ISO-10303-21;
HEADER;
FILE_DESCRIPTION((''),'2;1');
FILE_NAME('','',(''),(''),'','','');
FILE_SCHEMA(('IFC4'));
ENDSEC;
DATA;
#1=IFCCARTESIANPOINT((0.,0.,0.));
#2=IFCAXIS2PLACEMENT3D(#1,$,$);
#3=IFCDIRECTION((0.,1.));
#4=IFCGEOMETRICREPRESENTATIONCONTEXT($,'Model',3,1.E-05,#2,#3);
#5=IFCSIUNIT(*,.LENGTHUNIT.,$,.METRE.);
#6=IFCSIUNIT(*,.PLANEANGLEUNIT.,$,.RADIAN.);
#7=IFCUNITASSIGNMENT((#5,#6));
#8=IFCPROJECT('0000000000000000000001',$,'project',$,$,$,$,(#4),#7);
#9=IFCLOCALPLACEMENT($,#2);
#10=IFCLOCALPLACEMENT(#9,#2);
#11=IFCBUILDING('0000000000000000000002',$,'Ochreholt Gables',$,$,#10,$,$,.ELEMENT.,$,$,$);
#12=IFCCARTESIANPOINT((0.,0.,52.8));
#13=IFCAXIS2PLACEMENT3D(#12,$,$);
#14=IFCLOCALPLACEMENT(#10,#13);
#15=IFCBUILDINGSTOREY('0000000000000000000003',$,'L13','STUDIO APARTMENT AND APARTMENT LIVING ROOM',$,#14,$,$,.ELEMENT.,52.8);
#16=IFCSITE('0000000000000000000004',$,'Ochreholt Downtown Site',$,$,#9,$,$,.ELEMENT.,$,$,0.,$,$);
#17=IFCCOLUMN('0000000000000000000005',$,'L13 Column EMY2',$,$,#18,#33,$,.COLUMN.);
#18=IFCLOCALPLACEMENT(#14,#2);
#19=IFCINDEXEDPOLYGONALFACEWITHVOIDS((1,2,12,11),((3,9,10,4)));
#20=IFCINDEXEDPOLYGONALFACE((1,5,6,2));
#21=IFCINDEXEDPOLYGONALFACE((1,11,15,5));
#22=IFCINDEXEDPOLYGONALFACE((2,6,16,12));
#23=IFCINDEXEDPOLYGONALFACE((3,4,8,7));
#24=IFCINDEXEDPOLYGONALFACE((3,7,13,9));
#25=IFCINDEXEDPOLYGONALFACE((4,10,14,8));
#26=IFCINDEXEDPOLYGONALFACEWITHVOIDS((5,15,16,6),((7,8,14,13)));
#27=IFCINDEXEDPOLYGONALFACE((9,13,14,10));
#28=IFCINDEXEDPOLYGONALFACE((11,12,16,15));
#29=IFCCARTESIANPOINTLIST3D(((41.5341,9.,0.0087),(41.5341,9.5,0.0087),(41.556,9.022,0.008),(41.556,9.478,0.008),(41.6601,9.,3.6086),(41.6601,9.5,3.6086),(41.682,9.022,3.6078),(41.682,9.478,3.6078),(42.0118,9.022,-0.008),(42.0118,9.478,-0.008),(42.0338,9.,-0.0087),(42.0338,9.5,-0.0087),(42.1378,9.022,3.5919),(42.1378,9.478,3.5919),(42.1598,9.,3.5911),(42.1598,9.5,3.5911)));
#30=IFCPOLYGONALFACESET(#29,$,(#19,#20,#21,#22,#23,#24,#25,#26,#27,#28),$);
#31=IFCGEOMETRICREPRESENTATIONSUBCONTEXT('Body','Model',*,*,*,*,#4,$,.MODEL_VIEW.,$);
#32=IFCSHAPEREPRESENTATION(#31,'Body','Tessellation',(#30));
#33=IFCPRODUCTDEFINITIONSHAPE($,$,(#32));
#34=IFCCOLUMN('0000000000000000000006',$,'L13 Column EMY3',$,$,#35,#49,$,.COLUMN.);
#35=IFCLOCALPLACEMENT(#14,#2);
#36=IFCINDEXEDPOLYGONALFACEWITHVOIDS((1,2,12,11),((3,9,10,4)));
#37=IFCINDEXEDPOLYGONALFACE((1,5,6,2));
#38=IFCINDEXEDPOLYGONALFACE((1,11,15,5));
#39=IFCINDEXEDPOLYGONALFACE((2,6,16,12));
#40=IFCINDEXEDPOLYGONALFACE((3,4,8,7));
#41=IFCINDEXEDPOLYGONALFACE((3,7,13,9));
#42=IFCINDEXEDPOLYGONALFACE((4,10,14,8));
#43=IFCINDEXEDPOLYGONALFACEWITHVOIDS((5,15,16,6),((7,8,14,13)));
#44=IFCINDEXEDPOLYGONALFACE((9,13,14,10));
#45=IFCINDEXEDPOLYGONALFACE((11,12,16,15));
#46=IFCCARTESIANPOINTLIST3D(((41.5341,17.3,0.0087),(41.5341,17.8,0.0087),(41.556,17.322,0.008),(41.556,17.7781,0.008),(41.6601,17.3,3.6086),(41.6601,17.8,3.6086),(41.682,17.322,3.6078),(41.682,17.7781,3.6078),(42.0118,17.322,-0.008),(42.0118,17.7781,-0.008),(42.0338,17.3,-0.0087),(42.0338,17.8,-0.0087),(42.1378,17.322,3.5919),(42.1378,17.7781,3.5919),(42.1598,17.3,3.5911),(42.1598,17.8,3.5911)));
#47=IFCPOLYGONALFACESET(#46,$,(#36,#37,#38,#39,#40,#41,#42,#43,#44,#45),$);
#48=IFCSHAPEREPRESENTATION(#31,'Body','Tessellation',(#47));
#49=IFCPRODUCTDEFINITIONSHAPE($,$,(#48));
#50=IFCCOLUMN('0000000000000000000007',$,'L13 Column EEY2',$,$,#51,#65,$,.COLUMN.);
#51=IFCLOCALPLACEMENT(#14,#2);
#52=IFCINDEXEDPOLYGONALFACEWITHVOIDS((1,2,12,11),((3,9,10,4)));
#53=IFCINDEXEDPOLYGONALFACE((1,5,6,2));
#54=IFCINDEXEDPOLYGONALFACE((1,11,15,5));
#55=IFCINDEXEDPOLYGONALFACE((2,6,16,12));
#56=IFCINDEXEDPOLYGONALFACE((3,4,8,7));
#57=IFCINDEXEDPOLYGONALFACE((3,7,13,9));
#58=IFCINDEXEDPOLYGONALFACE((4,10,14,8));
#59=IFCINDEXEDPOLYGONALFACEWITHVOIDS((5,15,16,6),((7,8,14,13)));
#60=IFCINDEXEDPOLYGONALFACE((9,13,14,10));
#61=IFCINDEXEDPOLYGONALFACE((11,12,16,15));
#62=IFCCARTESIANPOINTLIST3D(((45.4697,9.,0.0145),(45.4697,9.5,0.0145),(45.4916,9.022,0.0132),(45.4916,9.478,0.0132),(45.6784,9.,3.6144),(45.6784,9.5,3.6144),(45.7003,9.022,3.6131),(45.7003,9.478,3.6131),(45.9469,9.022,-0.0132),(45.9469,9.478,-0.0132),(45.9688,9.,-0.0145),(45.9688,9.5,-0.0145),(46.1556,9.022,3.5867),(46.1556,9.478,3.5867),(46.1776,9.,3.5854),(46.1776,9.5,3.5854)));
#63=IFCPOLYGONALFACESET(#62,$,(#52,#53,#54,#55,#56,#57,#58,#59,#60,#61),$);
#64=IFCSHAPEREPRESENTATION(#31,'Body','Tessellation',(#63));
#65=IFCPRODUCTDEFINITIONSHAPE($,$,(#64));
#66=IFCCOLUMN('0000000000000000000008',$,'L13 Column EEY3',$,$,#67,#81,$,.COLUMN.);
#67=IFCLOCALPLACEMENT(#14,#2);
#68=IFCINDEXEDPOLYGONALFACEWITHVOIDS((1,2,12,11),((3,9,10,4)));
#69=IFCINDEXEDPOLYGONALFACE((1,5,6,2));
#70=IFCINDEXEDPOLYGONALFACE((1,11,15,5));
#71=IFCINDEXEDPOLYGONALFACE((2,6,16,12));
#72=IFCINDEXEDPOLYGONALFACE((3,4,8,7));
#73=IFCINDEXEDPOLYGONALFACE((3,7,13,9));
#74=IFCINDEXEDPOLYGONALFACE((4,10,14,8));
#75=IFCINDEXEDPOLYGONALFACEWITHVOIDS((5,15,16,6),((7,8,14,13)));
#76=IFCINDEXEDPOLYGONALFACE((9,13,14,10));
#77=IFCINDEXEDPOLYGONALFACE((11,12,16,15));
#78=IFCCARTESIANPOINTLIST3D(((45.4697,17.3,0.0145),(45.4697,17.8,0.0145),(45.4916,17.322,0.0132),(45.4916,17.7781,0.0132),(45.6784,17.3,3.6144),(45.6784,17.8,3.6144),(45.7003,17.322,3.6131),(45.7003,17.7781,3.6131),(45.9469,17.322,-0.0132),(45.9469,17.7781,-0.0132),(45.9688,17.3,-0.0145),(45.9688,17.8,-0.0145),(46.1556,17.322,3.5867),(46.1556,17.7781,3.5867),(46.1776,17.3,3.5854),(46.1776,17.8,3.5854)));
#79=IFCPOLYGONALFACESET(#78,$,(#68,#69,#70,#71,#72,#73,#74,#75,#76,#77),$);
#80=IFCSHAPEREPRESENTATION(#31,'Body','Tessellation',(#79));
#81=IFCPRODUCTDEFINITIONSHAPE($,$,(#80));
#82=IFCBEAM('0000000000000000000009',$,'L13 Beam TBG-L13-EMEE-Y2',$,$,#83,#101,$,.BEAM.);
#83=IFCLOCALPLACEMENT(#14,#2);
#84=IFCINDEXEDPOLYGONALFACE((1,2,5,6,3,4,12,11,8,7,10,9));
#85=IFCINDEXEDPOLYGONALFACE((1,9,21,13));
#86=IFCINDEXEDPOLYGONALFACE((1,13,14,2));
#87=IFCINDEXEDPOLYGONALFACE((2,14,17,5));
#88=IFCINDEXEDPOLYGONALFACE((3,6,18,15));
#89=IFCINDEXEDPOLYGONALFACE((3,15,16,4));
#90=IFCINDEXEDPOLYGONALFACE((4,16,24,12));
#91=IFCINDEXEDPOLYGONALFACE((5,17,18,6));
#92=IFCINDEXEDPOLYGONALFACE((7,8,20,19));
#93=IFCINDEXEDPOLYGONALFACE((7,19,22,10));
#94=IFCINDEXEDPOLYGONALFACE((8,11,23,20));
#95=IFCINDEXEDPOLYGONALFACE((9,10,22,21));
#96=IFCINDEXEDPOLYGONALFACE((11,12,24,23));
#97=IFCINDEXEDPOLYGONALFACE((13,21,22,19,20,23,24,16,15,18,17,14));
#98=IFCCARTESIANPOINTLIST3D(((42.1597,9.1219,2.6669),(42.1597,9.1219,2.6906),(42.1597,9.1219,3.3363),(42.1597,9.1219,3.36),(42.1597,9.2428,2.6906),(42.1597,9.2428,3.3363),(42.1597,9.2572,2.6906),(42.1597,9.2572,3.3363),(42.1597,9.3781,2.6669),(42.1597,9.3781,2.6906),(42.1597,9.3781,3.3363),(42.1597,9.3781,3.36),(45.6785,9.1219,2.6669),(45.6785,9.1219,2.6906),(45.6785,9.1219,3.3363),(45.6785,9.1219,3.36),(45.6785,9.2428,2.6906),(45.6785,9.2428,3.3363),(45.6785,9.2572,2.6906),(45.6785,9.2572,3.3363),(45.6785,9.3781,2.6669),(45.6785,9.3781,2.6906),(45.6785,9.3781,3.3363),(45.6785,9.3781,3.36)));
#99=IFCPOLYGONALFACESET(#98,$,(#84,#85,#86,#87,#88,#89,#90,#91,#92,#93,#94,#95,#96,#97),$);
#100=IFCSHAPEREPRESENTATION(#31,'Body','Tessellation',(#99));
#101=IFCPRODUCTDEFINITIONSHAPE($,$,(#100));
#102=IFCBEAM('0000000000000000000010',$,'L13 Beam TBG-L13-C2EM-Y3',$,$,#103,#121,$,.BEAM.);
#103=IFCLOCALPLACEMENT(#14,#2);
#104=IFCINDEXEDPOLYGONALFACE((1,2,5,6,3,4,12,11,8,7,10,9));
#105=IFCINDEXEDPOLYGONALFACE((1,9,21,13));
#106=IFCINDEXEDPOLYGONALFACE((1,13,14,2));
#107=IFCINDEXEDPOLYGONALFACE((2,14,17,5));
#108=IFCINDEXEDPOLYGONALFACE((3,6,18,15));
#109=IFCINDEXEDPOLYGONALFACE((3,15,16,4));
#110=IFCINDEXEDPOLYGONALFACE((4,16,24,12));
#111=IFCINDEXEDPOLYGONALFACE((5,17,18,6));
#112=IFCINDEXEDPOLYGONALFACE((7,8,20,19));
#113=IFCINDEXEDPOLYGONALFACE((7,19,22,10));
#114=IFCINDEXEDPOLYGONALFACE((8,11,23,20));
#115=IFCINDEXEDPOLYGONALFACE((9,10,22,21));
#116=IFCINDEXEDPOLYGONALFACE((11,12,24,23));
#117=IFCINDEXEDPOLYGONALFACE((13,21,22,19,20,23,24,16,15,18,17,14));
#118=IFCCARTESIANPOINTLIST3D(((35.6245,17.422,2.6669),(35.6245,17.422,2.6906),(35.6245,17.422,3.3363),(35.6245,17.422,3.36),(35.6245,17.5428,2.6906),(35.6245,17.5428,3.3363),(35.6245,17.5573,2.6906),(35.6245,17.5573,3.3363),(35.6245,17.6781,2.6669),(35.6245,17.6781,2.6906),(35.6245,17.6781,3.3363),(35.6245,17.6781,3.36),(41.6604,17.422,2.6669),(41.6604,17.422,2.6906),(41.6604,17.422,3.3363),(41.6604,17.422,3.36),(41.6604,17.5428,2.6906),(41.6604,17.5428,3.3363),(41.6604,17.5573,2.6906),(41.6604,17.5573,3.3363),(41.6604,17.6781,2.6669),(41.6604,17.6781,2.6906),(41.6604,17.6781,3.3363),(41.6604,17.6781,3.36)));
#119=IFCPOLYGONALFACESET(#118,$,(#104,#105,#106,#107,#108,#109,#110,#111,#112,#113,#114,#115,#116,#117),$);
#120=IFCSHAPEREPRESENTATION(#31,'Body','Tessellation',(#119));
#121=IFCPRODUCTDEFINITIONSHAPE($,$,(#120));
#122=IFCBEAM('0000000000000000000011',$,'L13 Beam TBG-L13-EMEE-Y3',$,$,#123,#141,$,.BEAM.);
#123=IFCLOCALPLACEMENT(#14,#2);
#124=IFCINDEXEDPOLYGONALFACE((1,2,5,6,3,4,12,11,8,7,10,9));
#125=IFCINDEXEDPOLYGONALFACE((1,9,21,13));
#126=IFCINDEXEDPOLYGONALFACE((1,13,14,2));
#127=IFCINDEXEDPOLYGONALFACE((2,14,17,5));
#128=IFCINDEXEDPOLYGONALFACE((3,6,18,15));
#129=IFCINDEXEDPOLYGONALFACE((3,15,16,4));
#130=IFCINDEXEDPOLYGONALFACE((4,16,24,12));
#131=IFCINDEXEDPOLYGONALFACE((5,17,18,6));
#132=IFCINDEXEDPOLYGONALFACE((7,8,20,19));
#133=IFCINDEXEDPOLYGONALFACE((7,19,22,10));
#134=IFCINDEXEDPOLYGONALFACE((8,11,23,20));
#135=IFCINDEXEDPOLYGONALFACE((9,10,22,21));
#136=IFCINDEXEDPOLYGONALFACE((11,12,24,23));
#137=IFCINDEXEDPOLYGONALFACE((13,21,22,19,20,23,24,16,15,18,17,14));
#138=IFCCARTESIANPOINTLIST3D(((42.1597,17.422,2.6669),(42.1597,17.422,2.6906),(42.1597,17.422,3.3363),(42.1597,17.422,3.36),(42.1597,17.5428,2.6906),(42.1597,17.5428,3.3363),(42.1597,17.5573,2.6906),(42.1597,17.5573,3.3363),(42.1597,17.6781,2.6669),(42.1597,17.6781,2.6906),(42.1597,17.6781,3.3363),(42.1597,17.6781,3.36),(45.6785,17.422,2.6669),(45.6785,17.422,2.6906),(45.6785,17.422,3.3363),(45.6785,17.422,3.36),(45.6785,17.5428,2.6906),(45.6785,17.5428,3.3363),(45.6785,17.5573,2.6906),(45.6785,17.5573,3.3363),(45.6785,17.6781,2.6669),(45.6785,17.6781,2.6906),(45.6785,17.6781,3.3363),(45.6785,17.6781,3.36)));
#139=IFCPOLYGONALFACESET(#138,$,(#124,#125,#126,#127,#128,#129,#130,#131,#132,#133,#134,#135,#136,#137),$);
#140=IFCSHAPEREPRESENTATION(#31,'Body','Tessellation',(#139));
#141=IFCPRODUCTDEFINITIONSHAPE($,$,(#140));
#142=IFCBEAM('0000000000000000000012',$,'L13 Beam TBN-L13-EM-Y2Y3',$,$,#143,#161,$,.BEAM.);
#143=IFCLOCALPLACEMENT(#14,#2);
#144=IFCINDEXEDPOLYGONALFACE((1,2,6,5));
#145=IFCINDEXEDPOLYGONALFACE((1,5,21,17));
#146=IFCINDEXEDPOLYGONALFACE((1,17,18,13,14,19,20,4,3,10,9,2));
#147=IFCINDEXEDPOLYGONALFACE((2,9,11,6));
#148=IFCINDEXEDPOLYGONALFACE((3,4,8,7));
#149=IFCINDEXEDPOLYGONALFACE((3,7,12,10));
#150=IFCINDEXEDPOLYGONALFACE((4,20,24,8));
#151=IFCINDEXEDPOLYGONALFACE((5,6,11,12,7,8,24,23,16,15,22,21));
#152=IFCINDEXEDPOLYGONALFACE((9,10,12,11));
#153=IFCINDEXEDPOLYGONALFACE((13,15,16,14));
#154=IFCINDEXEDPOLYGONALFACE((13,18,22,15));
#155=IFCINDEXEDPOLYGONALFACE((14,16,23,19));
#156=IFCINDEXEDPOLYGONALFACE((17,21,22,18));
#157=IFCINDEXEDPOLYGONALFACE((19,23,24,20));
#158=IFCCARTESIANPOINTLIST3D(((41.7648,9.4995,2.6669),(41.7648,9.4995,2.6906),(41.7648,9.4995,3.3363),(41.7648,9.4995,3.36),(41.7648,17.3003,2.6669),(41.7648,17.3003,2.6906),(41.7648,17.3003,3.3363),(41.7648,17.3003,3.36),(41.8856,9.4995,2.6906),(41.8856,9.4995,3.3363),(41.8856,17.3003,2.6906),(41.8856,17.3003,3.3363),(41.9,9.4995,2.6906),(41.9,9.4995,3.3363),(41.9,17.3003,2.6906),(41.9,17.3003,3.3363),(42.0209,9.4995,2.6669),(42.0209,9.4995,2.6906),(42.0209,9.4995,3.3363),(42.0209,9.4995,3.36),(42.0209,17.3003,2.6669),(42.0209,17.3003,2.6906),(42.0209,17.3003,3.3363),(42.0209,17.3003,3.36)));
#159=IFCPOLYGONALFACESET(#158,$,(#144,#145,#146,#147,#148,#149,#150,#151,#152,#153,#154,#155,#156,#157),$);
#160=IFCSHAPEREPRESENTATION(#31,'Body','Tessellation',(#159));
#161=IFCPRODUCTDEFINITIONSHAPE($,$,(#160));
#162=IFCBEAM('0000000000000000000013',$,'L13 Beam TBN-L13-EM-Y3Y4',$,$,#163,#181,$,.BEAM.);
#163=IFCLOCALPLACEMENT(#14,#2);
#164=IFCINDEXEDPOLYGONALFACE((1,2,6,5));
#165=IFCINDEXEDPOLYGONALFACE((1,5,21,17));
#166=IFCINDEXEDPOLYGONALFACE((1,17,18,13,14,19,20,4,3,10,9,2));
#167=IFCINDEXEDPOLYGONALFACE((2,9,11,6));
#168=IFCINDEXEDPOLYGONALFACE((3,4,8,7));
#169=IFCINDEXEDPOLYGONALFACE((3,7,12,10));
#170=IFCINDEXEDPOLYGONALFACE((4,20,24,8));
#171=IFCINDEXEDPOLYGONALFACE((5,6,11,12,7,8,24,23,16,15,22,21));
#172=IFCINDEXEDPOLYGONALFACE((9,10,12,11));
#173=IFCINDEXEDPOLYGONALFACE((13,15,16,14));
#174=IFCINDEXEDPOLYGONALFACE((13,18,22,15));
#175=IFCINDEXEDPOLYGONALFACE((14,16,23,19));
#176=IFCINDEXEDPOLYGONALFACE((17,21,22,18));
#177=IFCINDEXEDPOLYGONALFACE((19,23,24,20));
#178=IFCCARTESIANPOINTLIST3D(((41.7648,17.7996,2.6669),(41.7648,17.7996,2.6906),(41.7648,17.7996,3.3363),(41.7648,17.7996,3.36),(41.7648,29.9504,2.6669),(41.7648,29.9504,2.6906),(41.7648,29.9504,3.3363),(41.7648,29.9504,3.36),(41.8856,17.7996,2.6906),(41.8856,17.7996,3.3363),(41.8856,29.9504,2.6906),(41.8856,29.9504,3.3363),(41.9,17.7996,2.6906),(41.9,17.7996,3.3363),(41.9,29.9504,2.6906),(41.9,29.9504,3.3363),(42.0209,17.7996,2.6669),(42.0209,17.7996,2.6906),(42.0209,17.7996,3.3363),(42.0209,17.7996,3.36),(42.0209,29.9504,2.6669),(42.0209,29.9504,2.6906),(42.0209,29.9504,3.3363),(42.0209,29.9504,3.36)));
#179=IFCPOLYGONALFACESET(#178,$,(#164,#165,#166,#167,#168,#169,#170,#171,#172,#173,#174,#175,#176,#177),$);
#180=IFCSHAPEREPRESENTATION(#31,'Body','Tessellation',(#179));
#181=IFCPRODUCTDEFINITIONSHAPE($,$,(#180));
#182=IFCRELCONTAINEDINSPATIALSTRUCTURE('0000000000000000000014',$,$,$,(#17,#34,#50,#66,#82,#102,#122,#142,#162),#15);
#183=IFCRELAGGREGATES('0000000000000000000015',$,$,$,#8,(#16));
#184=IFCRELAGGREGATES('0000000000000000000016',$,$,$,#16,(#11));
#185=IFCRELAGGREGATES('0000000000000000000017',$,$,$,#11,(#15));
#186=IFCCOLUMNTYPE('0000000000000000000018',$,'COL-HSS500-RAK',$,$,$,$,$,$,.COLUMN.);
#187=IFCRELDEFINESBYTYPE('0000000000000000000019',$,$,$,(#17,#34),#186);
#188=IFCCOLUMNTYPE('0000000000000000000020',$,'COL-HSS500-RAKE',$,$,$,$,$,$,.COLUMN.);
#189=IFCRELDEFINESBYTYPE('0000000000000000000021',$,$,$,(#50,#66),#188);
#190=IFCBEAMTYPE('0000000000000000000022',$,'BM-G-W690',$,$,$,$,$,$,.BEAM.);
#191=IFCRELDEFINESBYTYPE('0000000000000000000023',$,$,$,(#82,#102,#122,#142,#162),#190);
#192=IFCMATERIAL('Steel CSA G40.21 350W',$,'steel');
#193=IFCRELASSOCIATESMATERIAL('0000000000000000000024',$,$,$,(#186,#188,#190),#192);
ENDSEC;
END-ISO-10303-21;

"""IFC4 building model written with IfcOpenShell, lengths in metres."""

from ifc_helpers import new_model, si_unit, direction, frame, origin, origin_2d, place, context, subcontext, project, spatial, hollow_rectangle, i_section, extrude, material, material_profile, profile_set, type_object, element, save


model = new_model("IFC4")

# Units and contexts
model_context = context("Model", 3, precision=1e-05, world=origin(), true_north=direction((0.0, 1.0)))
body_context = subcontext(model_context, "Body", "Model", "MODEL_VIEW")
ifc_project = project(units=[si_unit("LENGTHUNIT", "METRE"), si_unit("PLANEANGLEUNIT", "RADIAN")], contexts=[model_context])

# Site, building, storey
site_placement = place(None, origin())
site = spatial("IfcSite", under=ifc_project, at=site_placement, Name="Ochreholt Downtown Site", CompositionType="ELEMENT", RefElevation=0.0)
building_placement = place(site_placement, origin())
building = spatial("IfcBuilding", under=site, at=building_placement, Name="Ochreholt Gables", CompositionType="ELEMENT")
storey_placement = place(building_placement, frame((0.0, 0.0, 52.8)))
storey = spatial("IfcBuildingStorey", under=building, at=storey_placement, Name="L13", Description="STUDIO APARTMENT AND APARTMENT LIVING ROOM", CompositionType="ELEMENT", Elevation=52.8)

# Columns
ifc_material_1 = material(Name="Steel CSA G40.21 350W", Category="steel")
ifc_material_profile_1 = material_profile(ifc_material_1, hollow_rectangle(XDim=0.5, YDim=0.5, WallThickness=0.022, at=origin_2d()), Name="HSS500X500X22")
ifc_profile_set_1 = profile_set([ifc_material_profile_1], Name="Steel CSA G40.21 350W")
column_type_1 = type_object("IfcColumnType", Name="COL-HSS500-RAK", PredefinedType="COLUMN", material=ifc_profile_set_1)
for number, where, z_axis, x_axis, name in (
    (1, (41.7839, 9.25, 0.0), (0.034974, 0.0, 0.999388), (0.0, 1.0, 0.0), "L13 Column EMY2"),
    (2, (41.7839, 17.55, 0.0), (0.034974, 0.0, 0.999388), (0.0, 1.0, 0.0), "L13 Column EMY3"),
):
    element("IfcColumn", number, at=place(storey_placement, frame(where, z_axis=z_axis, x_axis=x_axis)), inside=storey, type_object=column_type_1, Name=name, PredefinedType="COLUMN", context=body_context, shape_type="SweptSolid", body=[
        extrude(hollow_rectangle(XDim=0.5, YDim=0.5, WallThickness=0.022, at=origin_2d()), origin(), (0.0, 0.0, 1.0), 3.6021),
    ])
ifc_material_profile_2 = material_profile(ifc_material_1, hollow_rectangle(XDim=0.5, YDim=0.5, WallThickness=0.022, at=origin_2d()), Name="HSS500X500X22")
ifc_profile_set_2 = profile_set([ifc_material_profile_2], Name="Steel CSA G40.21 350W")
column_type_2 = type_object("IfcColumnType", Name="COL-HSS500-RAKE", PredefinedType="COLUMN", material=ifc_profile_set_2)
for number, where, z_axis, x_axis, name in (
    (3, (45.7192, 9.25, 0.0), (0.057889, 0.0, 0.998323), (0.0, 1.0, 0.0), "L13 Column EEY2"),
    (4, (45.7192, 17.55, 0.0), (0.057889, 0.0, 0.998323), (0.0, 1.0, 0.0), "L13 Column EEY3"),
):
    element("IfcColumn", number, at=place(storey_placement, frame(where, z_axis=z_axis, x_axis=x_axis)), inside=storey, type_object=column_type_2, Name=name, PredefinedType="COLUMN", context=body_context, shape_type="SweptSolid", body=[
        extrude(hollow_rectangle(XDim=0.5, YDim=0.5, WallThickness=0.022, at=origin_2d()), origin(), (0.0, 0.0, 1.0), 3.606),
    ])

# Beams
ifc_material_profile_3 = material_profile(ifc_material_1, i_section(OverallWidth=0.2561, OverallDepth=0.6931, WebThickness=0.0144, FlangeThickness=0.0237, at=origin_2d()), Name="W690X170")
ifc_profile_set_3 = profile_set([ifc_material_profile_3], Name="Steel CSA G40.21 350W")
beam_type_1 = type_object("IfcBeamType", Name="BM-G-W690", PredefinedType="BEAM", material=ifc_profile_set_3)
beam_1_placement = place(storey_placement, frame((42.1597, 9.25, 3.0134), z_axis=(1.0, 0.0, 0.0), x_axis=(0.0, 1.0, 0.0)))
element("IfcBeam", 5, at=beam_1_placement, inside=storey, type_object=beam_type_1, Name="L13 Beam TBG-L13-EMEE-Y2", PredefinedType="BEAM", context=body_context, shape_type="SweptSolid", body=[
    extrude(i_section(OverallWidth=0.2561, OverallDepth=0.6931, WebThickness=0.0144, FlangeThickness=0.0237, at=origin_2d()), origin(), (0.0, 0.0, 1.0), 3.5188),
])
beam_2_placement = place(storey_placement, frame((35.6245, 17.55, 3.0134), z_axis=(1.0, 0.0, 0.0), x_axis=(0.0, 1.0, 0.0)))
element("IfcBeam", 6, at=beam_2_placement, inside=storey, type_object=beam_type_1, Name="L13 Beam TBG-L13-C2EM-Y3", PredefinedType="BEAM", context=body_context, shape_type="SweptSolid", body=[
    extrude(i_section(OverallWidth=0.2561, OverallDepth=0.6931, WebThickness=0.0144, FlangeThickness=0.0237, at=origin_2d()), origin(), (0.0, 0.0, 1.0), 6.0359),
])
beam_3_placement = place(storey_placement, frame((42.1597, 17.55, 3.0134), z_axis=(1.0, 0.0, 0.0), x_axis=(0.0, 1.0, 0.0)))
element("IfcBeam", 7, at=beam_3_placement, inside=storey, type_object=beam_type_1, Name="L13 Beam TBG-L13-EMEE-Y3", PredefinedType="BEAM", context=body_context, shape_type="SweptSolid", body=[
    extrude(i_section(OverallWidth=0.2561, OverallDepth=0.6931, WebThickness=0.0144, FlangeThickness=0.0237, at=origin_2d()), origin(), (0.0, 0.0, 1.0), 3.5188),
])
beam_4_placement = place(storey_placement, frame((41.8928, 9.4995, 3.0134), z_axis=(0.0, 1.0, 0.0), x_axis=(-1.0, 0.0, 0.0)))
element("IfcBeam", 8, at=beam_4_placement, inside=storey, type_object=beam_type_1, Name="L13 Beam TBN-L13-EM-Y2Y3", PredefinedType="BEAM", context=body_context, shape_type="SweptSolid", body=[
    extrude(i_section(OverallWidth=0.2561, OverallDepth=0.6931, WebThickness=0.0144, FlangeThickness=0.0237, at=origin_2d()), origin(), (0.0, 0.0, 1.0), 7.8008),
])
beam_5_placement = place(storey_placement, frame((41.8928, 17.7996, 3.0134), z_axis=(0.0, 1.0, 0.0), x_axis=(-1.0, 0.0, 0.0)))
element("IfcBeam", 9, at=beam_5_placement, inside=storey, type_object=beam_type_1, Name="L13 Beam TBN-L13-EM-Y3Y4", PredefinedType="BEAM", context=body_context, shape_type="SweptSolid", body=[
    extrude(i_section(OverallWidth=0.2561, OverallDepth=0.6931, WebThickness=0.0144, FlangeThickness=0.0237, at=origin_2d()), origin(), (0.0, 0.0, 1.0), 12.1509),
])

save(model, "model.ifc")
